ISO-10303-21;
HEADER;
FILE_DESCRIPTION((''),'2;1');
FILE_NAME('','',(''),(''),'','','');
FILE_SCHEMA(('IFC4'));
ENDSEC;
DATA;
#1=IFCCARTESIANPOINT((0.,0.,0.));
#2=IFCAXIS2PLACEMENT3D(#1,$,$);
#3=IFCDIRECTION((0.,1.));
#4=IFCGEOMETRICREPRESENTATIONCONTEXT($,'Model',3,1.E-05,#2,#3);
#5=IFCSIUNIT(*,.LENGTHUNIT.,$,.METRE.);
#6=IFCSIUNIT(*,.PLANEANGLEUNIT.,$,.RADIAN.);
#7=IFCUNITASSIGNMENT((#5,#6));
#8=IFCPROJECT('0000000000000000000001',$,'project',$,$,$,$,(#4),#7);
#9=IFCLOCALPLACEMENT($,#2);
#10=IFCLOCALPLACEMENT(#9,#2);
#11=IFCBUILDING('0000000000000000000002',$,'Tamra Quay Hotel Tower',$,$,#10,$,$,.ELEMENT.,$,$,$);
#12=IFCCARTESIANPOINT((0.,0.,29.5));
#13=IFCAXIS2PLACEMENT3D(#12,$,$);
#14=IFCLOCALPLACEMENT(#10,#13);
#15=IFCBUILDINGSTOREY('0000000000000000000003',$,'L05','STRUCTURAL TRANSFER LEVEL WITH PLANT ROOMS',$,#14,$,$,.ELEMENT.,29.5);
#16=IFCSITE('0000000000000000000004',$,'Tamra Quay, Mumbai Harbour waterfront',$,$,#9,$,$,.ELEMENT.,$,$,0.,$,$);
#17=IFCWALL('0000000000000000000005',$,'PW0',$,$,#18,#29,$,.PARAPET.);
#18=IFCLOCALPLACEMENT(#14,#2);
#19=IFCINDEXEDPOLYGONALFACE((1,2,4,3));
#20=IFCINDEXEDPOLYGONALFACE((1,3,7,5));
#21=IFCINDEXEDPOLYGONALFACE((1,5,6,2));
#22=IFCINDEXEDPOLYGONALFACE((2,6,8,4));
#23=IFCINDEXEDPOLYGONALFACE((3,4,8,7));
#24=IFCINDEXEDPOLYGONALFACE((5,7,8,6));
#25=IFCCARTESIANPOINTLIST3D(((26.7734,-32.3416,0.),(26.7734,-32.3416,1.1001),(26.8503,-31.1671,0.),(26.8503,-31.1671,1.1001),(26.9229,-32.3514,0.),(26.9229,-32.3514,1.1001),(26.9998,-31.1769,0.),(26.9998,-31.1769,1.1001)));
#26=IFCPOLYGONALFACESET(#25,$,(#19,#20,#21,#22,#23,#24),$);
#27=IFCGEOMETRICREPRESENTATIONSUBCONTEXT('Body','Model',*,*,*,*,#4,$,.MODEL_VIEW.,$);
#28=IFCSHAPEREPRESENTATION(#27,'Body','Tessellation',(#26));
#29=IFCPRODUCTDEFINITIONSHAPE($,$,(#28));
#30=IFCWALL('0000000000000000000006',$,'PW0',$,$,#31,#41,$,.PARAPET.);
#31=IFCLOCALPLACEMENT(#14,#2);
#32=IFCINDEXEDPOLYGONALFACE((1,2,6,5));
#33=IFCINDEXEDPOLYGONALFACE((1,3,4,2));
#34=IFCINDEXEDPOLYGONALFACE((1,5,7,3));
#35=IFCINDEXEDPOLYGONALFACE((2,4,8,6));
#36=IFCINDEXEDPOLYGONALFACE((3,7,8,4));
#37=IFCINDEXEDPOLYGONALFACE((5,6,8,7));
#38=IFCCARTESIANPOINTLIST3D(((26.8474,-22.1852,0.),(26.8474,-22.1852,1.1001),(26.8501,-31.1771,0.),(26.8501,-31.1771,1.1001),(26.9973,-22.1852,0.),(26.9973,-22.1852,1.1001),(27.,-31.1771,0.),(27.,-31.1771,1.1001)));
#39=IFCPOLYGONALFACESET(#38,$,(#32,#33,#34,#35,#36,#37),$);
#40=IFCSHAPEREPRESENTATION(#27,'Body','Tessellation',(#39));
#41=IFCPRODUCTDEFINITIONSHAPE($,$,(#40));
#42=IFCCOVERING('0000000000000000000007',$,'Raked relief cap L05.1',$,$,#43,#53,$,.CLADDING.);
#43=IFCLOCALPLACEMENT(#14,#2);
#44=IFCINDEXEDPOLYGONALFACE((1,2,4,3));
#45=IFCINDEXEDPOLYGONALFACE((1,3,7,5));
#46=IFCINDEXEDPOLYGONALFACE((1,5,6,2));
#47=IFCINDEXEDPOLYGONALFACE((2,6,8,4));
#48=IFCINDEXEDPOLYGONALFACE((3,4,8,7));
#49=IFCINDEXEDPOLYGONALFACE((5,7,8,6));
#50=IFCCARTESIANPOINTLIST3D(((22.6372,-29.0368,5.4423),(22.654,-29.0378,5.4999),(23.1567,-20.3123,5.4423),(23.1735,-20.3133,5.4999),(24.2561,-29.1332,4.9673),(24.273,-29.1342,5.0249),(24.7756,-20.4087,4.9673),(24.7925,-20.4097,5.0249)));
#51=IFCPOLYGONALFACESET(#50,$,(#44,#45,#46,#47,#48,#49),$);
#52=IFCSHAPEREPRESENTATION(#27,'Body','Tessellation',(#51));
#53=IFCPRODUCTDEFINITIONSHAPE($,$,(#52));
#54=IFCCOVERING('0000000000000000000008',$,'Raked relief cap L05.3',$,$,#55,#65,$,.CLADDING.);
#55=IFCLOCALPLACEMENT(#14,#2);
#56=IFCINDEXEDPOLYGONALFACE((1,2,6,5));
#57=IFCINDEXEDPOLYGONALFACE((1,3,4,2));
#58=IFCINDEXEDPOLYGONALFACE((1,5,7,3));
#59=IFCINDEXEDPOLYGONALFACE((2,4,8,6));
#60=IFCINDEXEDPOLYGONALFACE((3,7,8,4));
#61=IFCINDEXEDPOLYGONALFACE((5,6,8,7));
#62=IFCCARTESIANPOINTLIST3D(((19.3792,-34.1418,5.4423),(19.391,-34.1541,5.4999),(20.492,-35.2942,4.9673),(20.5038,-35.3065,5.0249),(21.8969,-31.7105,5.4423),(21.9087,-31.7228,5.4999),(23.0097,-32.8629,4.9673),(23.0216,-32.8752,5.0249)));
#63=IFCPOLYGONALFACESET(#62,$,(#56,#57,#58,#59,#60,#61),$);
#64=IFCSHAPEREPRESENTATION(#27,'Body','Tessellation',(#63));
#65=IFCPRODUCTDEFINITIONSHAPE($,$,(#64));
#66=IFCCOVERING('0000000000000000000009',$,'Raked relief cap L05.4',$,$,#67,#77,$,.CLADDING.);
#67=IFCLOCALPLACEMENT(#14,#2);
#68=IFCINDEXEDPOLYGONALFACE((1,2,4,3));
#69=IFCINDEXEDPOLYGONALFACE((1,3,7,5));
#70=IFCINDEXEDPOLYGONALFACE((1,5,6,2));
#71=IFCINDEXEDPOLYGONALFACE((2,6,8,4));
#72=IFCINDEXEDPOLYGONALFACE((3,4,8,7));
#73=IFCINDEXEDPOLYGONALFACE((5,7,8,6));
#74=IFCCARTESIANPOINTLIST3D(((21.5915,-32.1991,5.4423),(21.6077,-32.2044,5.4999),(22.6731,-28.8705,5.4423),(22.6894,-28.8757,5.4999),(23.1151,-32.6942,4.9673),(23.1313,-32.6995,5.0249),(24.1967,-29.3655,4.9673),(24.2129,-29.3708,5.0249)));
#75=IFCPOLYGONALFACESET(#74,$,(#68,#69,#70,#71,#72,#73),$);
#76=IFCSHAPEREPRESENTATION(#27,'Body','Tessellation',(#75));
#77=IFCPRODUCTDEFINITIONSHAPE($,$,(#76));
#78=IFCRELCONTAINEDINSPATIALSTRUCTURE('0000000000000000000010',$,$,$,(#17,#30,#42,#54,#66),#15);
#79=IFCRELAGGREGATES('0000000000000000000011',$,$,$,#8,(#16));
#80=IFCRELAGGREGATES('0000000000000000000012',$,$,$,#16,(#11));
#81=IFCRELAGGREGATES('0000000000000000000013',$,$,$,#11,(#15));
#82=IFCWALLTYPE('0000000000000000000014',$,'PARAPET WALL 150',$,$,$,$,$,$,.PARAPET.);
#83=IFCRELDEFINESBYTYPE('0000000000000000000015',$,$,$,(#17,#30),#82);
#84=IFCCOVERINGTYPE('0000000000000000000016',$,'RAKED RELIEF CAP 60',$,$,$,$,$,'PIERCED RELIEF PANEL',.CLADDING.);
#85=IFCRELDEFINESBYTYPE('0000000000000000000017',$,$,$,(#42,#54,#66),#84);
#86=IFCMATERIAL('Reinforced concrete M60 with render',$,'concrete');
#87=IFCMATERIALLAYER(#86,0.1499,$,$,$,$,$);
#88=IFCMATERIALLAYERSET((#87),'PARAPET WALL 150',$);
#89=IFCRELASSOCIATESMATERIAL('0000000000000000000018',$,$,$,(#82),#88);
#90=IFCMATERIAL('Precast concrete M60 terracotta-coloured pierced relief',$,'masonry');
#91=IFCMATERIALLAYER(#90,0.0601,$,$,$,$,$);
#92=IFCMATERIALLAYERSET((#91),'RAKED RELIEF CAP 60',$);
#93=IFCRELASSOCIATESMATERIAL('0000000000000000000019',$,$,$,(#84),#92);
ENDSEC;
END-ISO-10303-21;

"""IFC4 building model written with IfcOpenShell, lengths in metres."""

from ifc_helpers import new_model, si_unit, direction, frame, frame_2d, origin, place, context, subcontext, project, spatial, rectangle, extrude, source, transform, mapped, material, layer, layer_set, type_object, element, save


model = new_model("IFC4")

# Units and contexts
model_context = context("Model", 3, precision=1e-05, world=origin(), true_north=direction((0.0, 1.0)))
body_context = subcontext(model_context, "Body", "Model", "MODEL_VIEW")
ifc_project = project(units=[si_unit("LENGTHUNIT", "METRE"), si_unit("PLANEANGLEUNIT", "RADIAN")], contexts=[model_context])

# Site, building, storey
site_placement = place(None, origin())
site = spatial("IfcSite", under=ifc_project, at=site_placement, Name="Tamra Quay, Mumbai Harbour waterfront", CompositionType="ELEMENT", RefElevation=0.0)
building_placement = place(site_placement, origin())
building = spatial("IfcBuilding", under=site, at=building_placement, Name="Tamra Quay Hotel Tower", CompositionType="ELEMENT")
storey_placement = place(building_placement, frame((0.0, 0.0, 29.5)))
storey = spatial("IfcBuildingStorey", under=building, at=storey_placement, Name="L05", Description="STRUCTURAL TRANSFER LEVEL WITH PLANT ROOMS", CompositionType="ELEMENT", Elevation=29.5)

# Walls
ifc_material_1 = material(Name="Reinforced concrete M60 with render", Category="concrete")
ifc_layer_1 = layer(ifc_material_1, 0.1499)
ifc_layer_set_1 = layer_set([ifc_layer_1], Name="PARAPET WALL 150")
wall_type_1 = type_object("IfcWallType", Name="PARAPET WALL 150", PredefinedType="PARAPET", material=ifc_layer_set_1)
wall_1_placement = place(storey_placement, frame((26.925, -31.1721, 0.0), z_axis=(0.0, 0.0, 1.0), x_axis=(-0.065335, -0.997863, 0.0)))
element("IfcWall", 1, at=wall_1_placement, inside=storey, type_object=wall_type_1, Name="PW0", PredefinedType="PARAPET", context=body_context, shape_type="SweptSolid", body=[
    extrude(rectangle(XDim=1.177, YDim=0.1499, at=frame_2d((0.5884, 0.0))), origin(), (0.0, 0.0, 1.0), 1.1001),
])
wall_2_placement = place(storey_placement, frame((26.9224, -22.1851, 0.0), z_axis=(0.0, 0.0, 1.0), x_axis=(0.000299, -1.0, 0.0)))
element("IfcWall", 2, at=wall_2_placement, inside=storey, type_object=wall_type_1, Name="PW0", PredefinedType="PARAPET", context=body_context, shape_type="SweptSolid", body=[
    extrude(rectangle(XDim=8.9919, YDim=0.1499, at=frame_2d((4.4961, 0.0))), origin(), (0.0, 0.0, 1.0), 1.1001),
])

# Coverings
ifc_material_2 = material(Name="Precast concrete M60 terracotta-coloured pierced relief", Category="masonry")
ifc_layer_2 = layer(ifc_material_2, 0.0601)
ifc_layer_set_2 = layer_set([ifc_layer_2], Name="RAKED RELIEF CAP 60")
covering_type_1 = type_object("IfcCoveringType", Name="RAKED RELIEF CAP 60", ElementType="PIERCED RELIEF PANEL", PredefinedType="CLADDING", material=ifc_layer_set_2)
shared_shape_1 = source(origin(), body_context, "Body", "SweptSolid", [
    extrude(rectangle(XDim=8.74, YDim=1.6899, at=frame_2d((4.3701, 0.845))), frame((-4.3701, 0.0, -0.0601)), (0.0, 0.0, 1.0), 0.0601),
])
covering_1_placement = place(storey_placement, frame((24.5327, -24.772, 5.0249), z_axis=(0.280589, -0.016707, 0.959683), x_axis=(0.059436, 0.998232, 0.0)))
element("IfcCovering", 3, at=covering_1_placement, inside=storey, type_object=covering_type_1, Name="Raked relief cap L05.1", PredefinedType="CLADDING", context=body_context, shape_type="MappedRepresentation", body=[
    mapped(shared_shape_1, transform((0.0, 0.0, 0.0), scale=1.0)),
])
shared_shape_2 = source(origin(), body_context, "Body", "SweptSolid", [
    extrude(rectangle(XDim=3.5, YDim=1.6709, at=frame_2d((1.75, 0.8354))), frame((-1.75, 0.0, -0.0601)), (0.0, 0.0, 1.0), 0.0601),
])
for number, where, z_axis, x_axis, name in (
    (4, (21.7627, -34.0908, 5.0249), (0.197455, -0.204474, 0.95875), (0.719346, 0.694652, 0.0), "Raked relief cap L05.3"),
    (5, (23.6721, -31.0352, 5.0249), (0.270335, -0.087845, 0.95875), (0.309041, 0.951049, 0.0), "Raked relief cap L05.4"),
):
    element("IfcCovering", number, at=place(storey_placement, frame(where, z_axis=z_axis, x_axis=x_axis)), inside=storey, type_object=covering_type_1, Name=name, PredefinedType="CLADDING", context=body_context, shape_type="MappedRepresentation", body=[
        mapped(shared_shape_2, transform((0.0, 0.0, 0.0), scale=1.0)),
    ])

save(model, "model.ifc")
